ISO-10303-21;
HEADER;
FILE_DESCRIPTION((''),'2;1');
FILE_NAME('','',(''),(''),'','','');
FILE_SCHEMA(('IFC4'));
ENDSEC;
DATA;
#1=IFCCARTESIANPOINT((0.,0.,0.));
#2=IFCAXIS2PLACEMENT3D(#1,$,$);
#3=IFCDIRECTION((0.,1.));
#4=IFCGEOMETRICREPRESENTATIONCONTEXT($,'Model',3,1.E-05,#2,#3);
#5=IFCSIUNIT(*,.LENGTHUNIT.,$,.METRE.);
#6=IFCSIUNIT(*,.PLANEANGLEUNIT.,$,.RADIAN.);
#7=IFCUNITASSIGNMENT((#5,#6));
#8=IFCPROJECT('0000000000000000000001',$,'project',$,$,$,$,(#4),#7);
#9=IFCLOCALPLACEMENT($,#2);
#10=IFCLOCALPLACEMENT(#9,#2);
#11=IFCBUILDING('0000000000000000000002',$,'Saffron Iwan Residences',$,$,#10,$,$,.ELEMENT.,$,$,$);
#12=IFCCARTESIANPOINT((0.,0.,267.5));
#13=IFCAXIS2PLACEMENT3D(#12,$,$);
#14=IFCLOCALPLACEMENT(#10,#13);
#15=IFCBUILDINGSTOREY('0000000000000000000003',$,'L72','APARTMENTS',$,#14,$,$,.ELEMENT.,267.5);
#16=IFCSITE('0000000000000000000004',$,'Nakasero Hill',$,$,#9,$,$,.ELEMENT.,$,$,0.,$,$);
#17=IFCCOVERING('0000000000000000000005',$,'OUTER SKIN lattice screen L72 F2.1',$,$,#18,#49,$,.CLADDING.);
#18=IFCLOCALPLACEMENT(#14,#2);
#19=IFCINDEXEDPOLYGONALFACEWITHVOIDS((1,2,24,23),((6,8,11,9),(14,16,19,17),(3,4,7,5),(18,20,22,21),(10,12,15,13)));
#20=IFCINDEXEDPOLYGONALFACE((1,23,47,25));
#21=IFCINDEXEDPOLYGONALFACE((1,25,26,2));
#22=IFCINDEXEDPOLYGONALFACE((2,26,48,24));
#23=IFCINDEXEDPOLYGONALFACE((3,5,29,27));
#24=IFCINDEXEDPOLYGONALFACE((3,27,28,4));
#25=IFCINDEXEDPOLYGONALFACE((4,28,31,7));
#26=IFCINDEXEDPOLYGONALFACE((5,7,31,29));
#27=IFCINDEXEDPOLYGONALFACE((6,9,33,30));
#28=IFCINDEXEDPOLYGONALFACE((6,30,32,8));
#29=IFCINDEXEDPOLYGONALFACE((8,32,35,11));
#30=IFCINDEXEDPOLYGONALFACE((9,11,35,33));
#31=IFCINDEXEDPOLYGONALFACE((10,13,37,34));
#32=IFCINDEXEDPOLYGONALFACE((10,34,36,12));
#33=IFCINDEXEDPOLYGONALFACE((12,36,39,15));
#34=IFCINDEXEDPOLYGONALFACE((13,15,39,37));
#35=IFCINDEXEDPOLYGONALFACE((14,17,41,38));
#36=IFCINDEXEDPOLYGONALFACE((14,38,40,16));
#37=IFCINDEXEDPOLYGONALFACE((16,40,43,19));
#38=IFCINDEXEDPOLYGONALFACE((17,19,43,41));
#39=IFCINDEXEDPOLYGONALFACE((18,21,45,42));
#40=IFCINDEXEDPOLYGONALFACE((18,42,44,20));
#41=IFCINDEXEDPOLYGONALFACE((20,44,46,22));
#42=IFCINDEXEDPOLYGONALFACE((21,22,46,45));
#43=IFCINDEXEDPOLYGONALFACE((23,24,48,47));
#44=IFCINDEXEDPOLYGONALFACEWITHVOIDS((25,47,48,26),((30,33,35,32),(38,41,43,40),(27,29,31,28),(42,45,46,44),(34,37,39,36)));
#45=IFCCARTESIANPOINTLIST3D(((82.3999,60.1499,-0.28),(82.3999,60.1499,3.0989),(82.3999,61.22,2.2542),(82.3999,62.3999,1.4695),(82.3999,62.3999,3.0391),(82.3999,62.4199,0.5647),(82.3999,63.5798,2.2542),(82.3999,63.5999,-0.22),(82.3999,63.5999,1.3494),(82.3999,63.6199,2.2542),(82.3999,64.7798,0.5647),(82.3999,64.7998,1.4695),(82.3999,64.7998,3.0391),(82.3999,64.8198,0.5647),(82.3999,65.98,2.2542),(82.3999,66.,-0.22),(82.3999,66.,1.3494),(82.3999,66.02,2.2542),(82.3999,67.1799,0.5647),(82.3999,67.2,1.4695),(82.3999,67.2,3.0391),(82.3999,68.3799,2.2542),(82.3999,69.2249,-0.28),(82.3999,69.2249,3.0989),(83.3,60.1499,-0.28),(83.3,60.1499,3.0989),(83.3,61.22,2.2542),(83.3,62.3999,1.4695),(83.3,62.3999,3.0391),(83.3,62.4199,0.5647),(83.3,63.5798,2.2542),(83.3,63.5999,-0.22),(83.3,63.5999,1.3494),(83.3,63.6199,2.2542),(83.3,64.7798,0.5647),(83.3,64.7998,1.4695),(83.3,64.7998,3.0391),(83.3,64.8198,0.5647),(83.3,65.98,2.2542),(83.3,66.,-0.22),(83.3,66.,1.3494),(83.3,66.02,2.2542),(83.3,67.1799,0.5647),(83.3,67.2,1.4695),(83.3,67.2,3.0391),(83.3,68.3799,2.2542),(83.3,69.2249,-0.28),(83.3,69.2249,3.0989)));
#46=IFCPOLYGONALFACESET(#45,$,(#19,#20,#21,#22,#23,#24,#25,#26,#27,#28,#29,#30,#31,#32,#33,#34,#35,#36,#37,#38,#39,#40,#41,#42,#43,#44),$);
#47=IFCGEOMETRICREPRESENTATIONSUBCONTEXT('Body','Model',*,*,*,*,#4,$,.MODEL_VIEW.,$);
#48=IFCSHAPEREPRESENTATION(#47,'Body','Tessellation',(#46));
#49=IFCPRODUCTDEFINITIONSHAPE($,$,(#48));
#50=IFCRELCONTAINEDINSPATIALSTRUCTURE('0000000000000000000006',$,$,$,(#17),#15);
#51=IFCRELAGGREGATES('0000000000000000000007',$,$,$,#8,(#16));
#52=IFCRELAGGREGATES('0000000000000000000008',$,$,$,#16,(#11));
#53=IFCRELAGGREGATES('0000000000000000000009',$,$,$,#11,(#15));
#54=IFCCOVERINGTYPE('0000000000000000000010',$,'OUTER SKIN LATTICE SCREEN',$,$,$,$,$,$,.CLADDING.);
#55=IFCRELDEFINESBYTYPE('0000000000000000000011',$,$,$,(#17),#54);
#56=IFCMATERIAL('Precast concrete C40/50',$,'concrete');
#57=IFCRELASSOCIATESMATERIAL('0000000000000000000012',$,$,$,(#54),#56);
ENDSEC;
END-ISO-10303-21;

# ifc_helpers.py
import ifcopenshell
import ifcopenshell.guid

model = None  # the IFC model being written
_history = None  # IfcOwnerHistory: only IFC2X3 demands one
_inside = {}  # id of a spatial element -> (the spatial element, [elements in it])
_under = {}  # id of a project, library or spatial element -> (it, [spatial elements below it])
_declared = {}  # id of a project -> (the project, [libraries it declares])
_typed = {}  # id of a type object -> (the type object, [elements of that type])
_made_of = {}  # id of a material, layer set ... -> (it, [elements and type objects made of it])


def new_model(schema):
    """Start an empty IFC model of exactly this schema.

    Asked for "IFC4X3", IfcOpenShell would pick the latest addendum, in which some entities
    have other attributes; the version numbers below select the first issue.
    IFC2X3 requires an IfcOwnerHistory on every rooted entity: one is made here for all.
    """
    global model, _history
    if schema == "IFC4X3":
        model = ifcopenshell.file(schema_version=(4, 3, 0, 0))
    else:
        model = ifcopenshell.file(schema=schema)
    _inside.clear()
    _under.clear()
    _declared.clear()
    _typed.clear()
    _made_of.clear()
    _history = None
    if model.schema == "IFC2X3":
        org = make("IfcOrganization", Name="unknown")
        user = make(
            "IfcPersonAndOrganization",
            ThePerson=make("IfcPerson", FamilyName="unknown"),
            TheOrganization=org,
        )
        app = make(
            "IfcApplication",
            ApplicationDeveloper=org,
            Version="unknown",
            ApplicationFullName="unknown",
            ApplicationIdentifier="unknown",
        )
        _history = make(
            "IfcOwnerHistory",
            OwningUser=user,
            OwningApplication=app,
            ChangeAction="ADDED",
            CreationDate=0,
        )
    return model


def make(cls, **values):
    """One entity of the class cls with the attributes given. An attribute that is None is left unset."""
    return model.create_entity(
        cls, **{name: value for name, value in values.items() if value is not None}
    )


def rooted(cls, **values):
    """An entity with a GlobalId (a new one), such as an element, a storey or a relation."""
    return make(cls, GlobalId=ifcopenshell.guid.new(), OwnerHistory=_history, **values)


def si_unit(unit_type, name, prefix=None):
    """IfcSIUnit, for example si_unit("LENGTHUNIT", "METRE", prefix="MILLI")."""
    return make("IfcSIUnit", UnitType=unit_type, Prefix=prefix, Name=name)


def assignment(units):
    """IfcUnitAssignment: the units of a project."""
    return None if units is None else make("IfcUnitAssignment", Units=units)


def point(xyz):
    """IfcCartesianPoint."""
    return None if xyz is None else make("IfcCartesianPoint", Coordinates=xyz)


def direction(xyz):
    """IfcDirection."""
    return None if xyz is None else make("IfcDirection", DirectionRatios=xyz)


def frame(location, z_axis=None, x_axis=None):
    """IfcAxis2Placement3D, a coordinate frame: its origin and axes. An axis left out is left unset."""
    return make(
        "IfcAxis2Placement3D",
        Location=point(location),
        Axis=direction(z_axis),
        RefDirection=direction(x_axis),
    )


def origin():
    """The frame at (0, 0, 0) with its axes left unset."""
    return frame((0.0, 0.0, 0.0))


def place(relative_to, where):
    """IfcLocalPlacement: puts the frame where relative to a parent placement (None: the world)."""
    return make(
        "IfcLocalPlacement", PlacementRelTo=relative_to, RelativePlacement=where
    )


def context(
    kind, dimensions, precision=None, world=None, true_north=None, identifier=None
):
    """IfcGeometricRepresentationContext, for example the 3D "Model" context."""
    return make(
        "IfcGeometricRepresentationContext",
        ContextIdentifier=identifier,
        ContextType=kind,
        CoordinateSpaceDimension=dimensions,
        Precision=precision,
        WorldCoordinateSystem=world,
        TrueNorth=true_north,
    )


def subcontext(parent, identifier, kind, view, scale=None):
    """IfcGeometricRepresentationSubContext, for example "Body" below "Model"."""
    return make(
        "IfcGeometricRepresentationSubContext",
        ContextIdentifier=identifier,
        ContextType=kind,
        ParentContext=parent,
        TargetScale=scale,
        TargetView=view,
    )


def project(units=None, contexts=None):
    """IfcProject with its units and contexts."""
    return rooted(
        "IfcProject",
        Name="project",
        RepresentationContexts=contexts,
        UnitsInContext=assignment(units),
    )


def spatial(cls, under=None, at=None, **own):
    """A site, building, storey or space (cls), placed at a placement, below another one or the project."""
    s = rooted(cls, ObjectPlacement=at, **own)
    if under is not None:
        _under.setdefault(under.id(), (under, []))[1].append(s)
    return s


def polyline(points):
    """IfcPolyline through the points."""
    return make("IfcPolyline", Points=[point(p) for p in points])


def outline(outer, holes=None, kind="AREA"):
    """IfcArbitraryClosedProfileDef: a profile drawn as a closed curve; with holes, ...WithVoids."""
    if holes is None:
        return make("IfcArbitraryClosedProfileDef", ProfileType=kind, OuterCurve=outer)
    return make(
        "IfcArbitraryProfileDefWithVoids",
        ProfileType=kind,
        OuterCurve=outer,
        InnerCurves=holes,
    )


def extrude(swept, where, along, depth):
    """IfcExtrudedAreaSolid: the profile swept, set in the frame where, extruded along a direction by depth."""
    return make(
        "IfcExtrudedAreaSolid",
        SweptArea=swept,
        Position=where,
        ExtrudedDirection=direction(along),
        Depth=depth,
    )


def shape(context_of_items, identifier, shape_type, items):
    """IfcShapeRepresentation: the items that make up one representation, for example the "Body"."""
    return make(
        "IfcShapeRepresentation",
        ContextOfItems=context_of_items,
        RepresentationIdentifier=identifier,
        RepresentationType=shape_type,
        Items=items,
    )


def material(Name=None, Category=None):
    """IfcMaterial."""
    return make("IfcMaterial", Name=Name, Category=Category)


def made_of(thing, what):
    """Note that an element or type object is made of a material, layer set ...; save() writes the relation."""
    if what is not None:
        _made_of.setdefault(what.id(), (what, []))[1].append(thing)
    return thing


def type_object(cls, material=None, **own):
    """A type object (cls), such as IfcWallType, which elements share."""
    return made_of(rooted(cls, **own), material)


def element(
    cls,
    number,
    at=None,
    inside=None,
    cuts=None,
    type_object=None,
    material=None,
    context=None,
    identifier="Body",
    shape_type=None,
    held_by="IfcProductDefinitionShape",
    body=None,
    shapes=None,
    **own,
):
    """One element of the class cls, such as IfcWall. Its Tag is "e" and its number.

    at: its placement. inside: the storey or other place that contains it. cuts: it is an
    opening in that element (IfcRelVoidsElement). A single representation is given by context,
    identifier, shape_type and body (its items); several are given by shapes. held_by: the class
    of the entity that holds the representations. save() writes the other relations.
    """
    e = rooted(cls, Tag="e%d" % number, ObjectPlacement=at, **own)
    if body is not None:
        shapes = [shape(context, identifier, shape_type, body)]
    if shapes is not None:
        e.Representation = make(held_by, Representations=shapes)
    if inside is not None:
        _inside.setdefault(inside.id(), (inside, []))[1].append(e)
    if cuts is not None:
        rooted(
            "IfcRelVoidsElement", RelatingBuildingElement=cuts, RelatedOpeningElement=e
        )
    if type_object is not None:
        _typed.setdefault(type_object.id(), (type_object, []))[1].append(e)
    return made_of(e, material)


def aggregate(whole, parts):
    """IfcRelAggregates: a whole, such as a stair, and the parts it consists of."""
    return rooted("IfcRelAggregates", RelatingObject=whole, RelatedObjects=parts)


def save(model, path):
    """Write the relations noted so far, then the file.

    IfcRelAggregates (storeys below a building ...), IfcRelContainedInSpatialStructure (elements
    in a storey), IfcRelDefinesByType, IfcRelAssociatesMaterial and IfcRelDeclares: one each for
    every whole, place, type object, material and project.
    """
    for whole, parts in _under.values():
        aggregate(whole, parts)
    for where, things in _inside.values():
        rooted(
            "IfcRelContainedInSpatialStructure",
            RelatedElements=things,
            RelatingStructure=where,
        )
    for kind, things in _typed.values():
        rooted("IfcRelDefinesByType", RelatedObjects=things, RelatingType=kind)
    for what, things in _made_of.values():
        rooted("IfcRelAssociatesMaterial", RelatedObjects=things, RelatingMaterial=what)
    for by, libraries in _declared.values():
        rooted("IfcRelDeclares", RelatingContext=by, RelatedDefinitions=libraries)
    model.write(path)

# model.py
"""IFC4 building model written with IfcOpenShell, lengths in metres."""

from ifc_helpers import new_model, si_unit, direction, frame, origin, place, context, subcontext, project, spatial, polyline, outline, extrude, material, type_object, element, save


model = new_model("IFC4")

# Units and contexts
model_context = context("Model", 3, precision=1e-05, world=origin(), true_north=direction((0.0, 1.0)))
body_context = subcontext(model_context, "Body", "Model", "MODEL_VIEW")
ifc_project = project(units=[si_unit("LENGTHUNIT", "METRE"), si_unit("PLANEANGLEUNIT", "RADIAN")], contexts=[model_context])

# Site, building, storey
site_placement = place(None, origin())
site = spatial("IfcSite", under=ifc_project, at=site_placement, Name="Nakasero Hill", CompositionType="ELEMENT", RefElevation=0.0)
building_placement = place(site_placement, origin())
building = spatial("IfcBuilding", under=site, at=building_placement, Name="Saffron Iwan Residences", CompositionType="ELEMENT")
storey_placement = place(building_placement, frame((0.0, 0.0, 267.5)))
storey = spatial("IfcBuildingStorey", under=building, at=storey_placement, Name="L72", Description="APARTMENTS", CompositionType="ELEMENT", Elevation=267.5)

# Covering
ifc_material_1 = material(Name="Precast concrete C40/50", Category="concrete")
covering_type = type_object("IfcCoveringType", Name="OUTER SKIN LATTICE SCREEN", PredefinedType="CLADDING", material=ifc_material_1)
covering_placement = place(storey_placement, frame((82.3999, 60.1499, -0.28), z_axis=(1.0, 0.0, 0.0), x_axis=(0.0, 1.0, 0.0)))
element("IfcCovering", 1, at=covering_placement, inside=storey, type_object=covering_type, Name="OUTER SKIN lattice screen L72 F2.1", PredefinedType="CLADDING", context=body_context, shape_type="SweptSolid", body=[
    extrude(outline(polyline([(0.0, 0.0), (9.075, 0.0), (9.075, 3.3789), (0.0, 3.3789), (0.0, 0.0)]), holes=[polyline([(2.27, 0.8447), (3.45, 0.0601), (4.6299, 0.8447), (3.45, 1.6294), (2.27, 0.8447)]), polyline([(4.6699, 0.8447), (5.8501, 0.0601), (7.03, 0.8447), (5.8501, 1.6294), (4.6699, 0.8447)]), polyline([(1.0701, 2.5342), (2.25, 1.7495), (3.4299, 2.5342), (2.25, 3.3191), (1.0701, 2.5342)]), polyline([(3.47, 2.5342), (4.6499, 1.7495), (5.8301, 2.5342), (4.6499, 3.3191), (3.47, 2.5342)]), polyline([(5.8701, 2.5342), (7.05, 1.7495), (8.23, 2.5342), (7.05, 3.3191), (5.8701, 2.5342)])]), origin(), (0.0, 0.0, 1.0), 0.9001),
])

save(model, "model.ifc")
